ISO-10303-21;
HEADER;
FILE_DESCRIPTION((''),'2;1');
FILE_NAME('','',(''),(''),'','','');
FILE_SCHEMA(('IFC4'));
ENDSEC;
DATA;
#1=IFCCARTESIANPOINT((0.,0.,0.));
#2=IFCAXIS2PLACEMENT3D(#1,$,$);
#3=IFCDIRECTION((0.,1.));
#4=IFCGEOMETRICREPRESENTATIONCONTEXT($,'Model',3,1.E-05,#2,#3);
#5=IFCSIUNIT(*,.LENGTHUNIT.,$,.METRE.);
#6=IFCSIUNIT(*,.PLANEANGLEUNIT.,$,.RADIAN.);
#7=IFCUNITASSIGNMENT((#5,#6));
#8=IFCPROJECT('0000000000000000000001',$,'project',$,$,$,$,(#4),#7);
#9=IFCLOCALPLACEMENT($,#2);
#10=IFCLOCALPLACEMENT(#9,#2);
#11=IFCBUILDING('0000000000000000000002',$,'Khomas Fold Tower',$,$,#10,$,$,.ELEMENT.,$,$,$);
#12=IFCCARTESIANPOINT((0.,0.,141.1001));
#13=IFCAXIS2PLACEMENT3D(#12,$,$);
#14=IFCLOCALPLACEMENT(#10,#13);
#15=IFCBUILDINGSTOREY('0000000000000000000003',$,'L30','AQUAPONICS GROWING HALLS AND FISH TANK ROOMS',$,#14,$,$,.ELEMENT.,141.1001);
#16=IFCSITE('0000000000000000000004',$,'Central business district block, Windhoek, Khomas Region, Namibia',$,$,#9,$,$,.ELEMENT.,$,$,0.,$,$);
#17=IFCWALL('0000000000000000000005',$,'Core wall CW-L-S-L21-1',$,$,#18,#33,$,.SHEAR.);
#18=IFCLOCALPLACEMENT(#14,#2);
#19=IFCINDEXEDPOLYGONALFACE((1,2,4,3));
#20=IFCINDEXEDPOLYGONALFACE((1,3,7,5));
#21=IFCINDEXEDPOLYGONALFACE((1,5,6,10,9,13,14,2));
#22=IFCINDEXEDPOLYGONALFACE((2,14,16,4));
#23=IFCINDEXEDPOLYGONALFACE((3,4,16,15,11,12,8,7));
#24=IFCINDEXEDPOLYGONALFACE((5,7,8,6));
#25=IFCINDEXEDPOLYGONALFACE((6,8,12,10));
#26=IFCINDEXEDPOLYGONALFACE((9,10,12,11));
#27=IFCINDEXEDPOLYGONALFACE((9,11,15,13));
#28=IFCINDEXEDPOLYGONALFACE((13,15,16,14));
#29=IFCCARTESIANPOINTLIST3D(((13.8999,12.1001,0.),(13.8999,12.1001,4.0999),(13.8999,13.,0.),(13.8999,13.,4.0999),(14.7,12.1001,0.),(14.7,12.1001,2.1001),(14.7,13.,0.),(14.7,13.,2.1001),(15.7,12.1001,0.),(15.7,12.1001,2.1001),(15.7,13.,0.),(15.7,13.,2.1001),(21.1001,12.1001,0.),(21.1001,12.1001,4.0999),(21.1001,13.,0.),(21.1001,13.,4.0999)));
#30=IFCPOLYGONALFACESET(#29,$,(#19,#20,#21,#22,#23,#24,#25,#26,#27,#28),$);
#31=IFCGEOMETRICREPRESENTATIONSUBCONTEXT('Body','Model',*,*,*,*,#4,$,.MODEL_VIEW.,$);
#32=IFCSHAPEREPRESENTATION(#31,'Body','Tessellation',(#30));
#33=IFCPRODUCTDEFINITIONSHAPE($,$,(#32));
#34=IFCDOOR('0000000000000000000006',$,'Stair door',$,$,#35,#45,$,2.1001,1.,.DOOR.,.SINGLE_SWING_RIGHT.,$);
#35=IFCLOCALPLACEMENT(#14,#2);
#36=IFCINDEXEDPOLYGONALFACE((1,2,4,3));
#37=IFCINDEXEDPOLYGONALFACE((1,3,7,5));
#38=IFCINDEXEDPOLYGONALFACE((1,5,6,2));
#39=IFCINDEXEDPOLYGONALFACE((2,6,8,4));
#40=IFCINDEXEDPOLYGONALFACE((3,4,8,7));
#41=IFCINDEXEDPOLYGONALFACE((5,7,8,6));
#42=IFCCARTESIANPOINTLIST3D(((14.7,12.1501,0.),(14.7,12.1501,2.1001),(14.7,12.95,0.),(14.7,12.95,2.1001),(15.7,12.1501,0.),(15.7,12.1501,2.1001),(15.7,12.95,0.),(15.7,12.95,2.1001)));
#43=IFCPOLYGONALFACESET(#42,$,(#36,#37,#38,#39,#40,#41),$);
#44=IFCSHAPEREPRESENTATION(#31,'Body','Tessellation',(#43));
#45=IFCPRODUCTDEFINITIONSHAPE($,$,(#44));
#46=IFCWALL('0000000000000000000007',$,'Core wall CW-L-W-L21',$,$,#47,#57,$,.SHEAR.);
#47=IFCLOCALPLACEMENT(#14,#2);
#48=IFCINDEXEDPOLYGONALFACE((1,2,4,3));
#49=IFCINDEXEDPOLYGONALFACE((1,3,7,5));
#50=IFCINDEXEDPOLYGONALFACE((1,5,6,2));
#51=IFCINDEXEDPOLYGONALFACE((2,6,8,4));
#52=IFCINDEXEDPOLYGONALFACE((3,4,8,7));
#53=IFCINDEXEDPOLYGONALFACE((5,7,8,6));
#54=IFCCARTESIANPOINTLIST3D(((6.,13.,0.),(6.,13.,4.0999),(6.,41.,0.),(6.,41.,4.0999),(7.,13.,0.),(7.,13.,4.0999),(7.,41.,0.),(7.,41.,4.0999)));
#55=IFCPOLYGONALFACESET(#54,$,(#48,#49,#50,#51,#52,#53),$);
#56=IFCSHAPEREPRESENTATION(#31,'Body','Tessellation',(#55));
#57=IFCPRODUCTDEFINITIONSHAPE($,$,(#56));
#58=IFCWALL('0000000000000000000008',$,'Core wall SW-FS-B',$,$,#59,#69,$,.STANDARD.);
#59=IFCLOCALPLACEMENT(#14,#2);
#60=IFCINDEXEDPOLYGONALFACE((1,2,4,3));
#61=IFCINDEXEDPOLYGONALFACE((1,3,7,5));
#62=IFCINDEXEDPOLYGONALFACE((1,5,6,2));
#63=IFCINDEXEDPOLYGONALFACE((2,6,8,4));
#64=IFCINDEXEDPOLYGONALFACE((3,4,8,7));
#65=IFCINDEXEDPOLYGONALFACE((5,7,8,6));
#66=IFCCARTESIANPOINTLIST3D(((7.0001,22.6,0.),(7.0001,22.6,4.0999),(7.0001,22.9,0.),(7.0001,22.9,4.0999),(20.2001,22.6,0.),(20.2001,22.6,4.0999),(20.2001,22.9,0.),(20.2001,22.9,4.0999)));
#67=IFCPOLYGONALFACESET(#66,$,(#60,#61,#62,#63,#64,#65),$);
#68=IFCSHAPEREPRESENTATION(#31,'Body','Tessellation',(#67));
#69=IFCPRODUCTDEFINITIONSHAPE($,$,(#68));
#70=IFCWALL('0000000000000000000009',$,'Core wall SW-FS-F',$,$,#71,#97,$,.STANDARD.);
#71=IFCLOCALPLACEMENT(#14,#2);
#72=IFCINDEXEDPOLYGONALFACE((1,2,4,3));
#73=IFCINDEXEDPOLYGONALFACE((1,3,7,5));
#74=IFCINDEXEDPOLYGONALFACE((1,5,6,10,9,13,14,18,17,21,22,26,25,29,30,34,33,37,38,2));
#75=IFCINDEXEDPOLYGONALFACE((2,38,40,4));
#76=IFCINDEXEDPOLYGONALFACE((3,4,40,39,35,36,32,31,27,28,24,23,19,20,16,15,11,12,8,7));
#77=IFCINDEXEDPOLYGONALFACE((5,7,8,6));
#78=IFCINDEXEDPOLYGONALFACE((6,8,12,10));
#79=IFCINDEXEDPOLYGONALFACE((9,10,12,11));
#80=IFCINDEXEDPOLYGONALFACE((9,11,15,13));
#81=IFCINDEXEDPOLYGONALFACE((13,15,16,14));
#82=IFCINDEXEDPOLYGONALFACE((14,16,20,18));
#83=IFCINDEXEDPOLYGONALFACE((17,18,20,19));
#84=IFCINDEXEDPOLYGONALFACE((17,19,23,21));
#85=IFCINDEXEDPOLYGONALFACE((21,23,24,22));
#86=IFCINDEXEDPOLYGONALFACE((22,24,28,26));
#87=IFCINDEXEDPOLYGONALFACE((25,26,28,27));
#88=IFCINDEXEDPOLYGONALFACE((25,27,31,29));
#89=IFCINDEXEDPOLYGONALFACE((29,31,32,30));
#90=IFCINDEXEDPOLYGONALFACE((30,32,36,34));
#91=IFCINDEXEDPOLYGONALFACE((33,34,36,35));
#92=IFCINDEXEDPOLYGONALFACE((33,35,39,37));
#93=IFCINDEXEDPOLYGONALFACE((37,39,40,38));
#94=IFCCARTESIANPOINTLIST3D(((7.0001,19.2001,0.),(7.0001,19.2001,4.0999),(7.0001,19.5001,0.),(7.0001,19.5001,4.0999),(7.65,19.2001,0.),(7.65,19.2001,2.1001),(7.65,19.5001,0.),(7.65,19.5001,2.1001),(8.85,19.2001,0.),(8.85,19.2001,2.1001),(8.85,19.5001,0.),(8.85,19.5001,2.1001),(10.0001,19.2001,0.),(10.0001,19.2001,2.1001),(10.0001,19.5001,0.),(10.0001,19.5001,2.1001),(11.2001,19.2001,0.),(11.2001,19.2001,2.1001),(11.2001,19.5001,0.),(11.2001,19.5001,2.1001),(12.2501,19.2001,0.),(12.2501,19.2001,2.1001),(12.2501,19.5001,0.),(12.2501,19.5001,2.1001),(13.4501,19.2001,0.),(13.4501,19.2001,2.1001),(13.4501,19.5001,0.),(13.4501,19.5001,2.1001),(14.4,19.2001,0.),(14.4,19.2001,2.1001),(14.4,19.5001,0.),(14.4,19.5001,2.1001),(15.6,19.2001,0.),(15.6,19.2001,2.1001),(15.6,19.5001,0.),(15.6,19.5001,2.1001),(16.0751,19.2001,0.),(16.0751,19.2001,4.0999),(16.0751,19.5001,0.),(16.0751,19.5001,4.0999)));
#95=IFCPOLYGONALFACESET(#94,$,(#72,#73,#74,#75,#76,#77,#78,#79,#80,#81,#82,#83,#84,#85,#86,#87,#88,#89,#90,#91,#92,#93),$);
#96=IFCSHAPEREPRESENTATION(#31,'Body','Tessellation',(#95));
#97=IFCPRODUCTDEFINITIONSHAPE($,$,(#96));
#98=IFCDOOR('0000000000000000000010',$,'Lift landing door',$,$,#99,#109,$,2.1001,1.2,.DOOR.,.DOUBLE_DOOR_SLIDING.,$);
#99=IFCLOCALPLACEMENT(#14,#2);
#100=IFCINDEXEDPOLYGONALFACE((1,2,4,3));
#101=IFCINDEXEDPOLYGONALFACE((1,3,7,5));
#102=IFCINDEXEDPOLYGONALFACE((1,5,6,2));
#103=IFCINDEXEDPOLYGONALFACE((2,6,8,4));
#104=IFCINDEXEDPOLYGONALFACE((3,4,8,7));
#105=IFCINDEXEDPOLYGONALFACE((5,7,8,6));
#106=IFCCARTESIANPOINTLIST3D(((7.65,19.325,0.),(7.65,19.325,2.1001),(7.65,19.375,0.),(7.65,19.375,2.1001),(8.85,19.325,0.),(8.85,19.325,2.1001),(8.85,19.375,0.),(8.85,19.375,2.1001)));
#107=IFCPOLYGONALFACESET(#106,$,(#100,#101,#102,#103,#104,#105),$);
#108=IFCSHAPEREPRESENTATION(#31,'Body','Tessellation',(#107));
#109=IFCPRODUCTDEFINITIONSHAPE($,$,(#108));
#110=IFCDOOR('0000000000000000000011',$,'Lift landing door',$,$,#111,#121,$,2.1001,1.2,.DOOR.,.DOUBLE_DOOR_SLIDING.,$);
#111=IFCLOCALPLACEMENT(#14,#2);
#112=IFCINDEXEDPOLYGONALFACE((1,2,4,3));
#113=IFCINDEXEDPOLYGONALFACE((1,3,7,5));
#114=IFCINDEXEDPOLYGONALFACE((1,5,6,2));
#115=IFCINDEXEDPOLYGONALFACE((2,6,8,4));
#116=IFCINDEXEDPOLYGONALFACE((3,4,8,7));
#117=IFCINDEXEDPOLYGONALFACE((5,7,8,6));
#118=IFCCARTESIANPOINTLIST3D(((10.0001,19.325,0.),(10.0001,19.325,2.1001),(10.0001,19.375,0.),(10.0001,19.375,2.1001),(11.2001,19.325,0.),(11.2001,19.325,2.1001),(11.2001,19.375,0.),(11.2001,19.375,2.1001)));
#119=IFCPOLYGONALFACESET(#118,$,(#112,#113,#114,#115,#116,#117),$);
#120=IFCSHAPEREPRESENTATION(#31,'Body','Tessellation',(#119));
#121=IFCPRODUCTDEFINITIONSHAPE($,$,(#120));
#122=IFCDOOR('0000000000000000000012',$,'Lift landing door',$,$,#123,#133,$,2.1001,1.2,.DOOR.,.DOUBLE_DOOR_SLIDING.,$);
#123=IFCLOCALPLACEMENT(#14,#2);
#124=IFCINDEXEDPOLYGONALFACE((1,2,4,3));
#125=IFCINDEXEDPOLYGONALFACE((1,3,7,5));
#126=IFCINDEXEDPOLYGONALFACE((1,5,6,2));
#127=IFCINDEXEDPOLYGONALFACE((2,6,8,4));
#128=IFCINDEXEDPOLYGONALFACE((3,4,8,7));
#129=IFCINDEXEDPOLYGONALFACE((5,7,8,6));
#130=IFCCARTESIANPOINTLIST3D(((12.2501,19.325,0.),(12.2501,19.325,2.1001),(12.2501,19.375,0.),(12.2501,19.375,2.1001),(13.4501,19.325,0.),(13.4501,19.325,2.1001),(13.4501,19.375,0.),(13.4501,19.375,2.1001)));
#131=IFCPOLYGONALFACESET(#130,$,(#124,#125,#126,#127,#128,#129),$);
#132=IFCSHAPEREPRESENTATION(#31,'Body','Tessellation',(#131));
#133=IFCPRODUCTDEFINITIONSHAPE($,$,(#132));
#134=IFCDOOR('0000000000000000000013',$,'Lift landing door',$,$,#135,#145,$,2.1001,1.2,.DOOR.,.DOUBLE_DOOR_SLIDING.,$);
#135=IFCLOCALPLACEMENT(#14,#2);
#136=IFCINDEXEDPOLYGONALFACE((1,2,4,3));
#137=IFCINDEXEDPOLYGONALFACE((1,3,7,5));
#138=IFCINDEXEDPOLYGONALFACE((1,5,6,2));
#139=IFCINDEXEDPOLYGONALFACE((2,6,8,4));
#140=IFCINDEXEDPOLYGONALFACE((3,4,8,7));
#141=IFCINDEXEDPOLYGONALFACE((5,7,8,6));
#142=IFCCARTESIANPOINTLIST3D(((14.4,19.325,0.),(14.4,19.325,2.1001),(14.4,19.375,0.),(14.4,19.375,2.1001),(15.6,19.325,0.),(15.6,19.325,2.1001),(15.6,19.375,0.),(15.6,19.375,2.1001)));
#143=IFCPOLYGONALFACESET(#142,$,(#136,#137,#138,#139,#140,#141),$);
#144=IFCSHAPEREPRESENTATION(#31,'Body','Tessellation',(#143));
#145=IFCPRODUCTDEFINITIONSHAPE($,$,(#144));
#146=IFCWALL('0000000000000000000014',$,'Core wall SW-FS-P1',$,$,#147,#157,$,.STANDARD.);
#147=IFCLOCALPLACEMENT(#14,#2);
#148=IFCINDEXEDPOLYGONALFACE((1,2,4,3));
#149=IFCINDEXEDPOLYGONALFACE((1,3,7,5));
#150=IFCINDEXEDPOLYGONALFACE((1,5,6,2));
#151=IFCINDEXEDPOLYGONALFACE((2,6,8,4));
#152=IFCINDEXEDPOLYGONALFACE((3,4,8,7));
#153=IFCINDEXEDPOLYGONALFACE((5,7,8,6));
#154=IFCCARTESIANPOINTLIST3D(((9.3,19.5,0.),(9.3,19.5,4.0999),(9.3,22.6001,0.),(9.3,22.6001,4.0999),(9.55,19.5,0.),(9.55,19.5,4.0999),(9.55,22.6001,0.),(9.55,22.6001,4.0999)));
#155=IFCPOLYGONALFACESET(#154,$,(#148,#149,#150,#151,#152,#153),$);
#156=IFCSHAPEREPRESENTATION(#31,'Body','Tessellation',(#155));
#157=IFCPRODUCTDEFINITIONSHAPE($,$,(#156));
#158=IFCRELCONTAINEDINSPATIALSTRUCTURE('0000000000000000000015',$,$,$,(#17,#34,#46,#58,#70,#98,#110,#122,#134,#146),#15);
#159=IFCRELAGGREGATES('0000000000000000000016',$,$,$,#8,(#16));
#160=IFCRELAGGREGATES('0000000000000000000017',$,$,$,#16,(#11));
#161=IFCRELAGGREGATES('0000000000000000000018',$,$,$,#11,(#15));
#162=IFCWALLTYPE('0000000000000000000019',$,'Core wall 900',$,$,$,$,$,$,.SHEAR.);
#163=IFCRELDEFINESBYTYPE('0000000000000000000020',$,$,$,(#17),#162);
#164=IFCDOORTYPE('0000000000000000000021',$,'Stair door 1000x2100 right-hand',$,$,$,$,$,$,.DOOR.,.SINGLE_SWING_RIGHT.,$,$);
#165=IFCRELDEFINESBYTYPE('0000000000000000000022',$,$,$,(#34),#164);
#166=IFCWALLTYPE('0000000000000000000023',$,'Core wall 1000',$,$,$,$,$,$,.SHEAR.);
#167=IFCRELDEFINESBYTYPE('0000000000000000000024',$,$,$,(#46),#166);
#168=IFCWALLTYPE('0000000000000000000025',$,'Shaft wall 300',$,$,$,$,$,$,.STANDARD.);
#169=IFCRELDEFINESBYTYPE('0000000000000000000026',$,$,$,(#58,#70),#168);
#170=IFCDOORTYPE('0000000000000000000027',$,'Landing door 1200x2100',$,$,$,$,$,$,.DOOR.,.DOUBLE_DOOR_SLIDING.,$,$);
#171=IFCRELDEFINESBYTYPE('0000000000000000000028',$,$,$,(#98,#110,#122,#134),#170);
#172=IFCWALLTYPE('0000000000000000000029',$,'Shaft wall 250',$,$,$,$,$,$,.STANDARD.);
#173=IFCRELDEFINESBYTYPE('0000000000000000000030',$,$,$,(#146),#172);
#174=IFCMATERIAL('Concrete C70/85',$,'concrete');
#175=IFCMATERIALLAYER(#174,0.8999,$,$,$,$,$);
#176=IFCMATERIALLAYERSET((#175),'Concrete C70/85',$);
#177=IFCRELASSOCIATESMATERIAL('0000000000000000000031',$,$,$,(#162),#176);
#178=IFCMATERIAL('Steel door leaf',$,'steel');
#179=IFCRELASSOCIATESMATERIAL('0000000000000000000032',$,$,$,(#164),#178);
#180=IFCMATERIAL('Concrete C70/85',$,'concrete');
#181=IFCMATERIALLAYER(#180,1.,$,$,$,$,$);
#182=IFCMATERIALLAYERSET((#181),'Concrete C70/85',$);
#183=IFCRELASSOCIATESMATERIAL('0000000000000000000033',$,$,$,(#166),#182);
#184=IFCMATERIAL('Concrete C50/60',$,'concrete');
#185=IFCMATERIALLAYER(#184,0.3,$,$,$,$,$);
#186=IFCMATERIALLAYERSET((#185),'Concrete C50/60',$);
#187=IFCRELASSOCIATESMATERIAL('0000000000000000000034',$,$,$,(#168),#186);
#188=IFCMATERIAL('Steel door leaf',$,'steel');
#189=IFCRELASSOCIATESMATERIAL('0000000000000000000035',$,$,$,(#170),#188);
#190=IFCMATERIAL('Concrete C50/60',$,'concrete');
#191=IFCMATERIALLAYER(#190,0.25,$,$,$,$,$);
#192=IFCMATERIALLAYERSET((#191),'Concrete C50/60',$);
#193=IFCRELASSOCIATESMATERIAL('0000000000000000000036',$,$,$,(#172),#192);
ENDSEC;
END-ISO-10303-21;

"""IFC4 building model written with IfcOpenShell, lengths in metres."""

from ifc_helpers import new_model, si_unit, direction, frame, frame_2d, origin, place, context, subcontext, project, spatial, rectangle, extrude, source, transform, mapped, material, layer, layer_set, type_object, element, fill, save


model = new_model("IFC4")

# Units and contexts
model_context = context("Model", 3, precision=1e-05, world=origin(), true_north=direction((0.0, 1.0)))
body_context = subcontext(model_context, "Body", "Model", "MODEL_VIEW")
ifc_project = project(units=[si_unit("LENGTHUNIT", "METRE"), si_unit("PLANEANGLEUNIT", "RADIAN")], contexts=[model_context])

# Site, building, storey
site_placement = place(None, origin())
site = spatial("IfcSite", under=ifc_project, at=site_placement, Name="Central business district block, Windhoek, Khomas Region, Namibia", CompositionType="ELEMENT", RefElevation=0.0)
building_placement = place(site_placement, origin())
building = spatial("IfcBuilding", under=site, at=building_placement, Name="Khomas Fold Tower", CompositionType="ELEMENT")
storey_placement = place(building_placement, frame((0.0, 0.0, 141.1001)))
storey = spatial("IfcBuildingStorey", under=building, at=storey_placement, Name="L30", Description="AQUAPONICS GROWING HALLS AND FISH TANK ROOMS", CompositionType="ELEMENT", Elevation=141.1001)

# Wall, opening, door
ifc_material_1 = material(Name="Concrete C70/85", Category="concrete")
ifc_layer_1 = layer(ifc_material_1, 0.8999)
ifc_layer_set_1 = layer_set([ifc_layer_1], Name="Concrete C70/85")
wall_type_1 = type_object("IfcWallType", Name="Core wall 900", PredefinedType="SHEAR", material=ifc_layer_set_1)
shared_shape_1 = source(origin(), body_context, "Body", "SweptSolid", [
    extrude(rectangle(XDim=7.2002, YDim=0.8999, at=frame_2d((3.6001, 0.0))), origin(), (0.0, 0.0, 1.0), 4.0999),
])
wall_1_placement = place(storey_placement, frame((13.8999, 12.55, 0.0), z_axis=(0.0, 0.0, 1.0), x_axis=(1.0, 0.0, 0.0)))
wall_1 = element("IfcWall", 1, at=wall_1_placement, inside=storey, type_object=wall_type_1, Name="Core wall CW-L-S-L21-1", PredefinedType="SHEAR", context=body_context, shape_type="MappedRepresentation", body=[
    mapped(shared_shape_1, transform((0.0, 0.0, 0.0))),
])
shared_shape_2 = source(origin(), body_context, "Body", "SweptSolid", [
    extrude(rectangle(XDim=1.0, YDim=2.1001, at=frame_2d((0.5, 1.05))), frame((0.0, 0.46, 0.0), z_axis=(0.0, -1.0, 0.0), x_axis=(1.0, 0.0, 0.0)), (0.0, 0.0, 1.0), 0.9199),
])
opening_1_placement = place(wall_1_placement, frame((0.8, 0.0, 0.0)))
opening_1 = element("IfcOpeningElement", 2, at=opening_1_placement, cuts=wall_1, PredefinedType="OPENING", context=body_context, shape_type="MappedRepresentation", body=[
    mapped(shared_shape_2, transform((0.0, 0.0, 0.0))),
])
ifc_material_2 = material(Name="Steel door leaf", Category="steel")
door_type_1 = type_object("IfcDoorType", Name="Stair door 1000x2100 right-hand", OperationType="SINGLE_SWING_RIGHT", PredefinedType="DOOR", material=ifc_material_2)
shared_shape_3 = source(origin(), body_context, "Body", "SweptSolid", [
    extrude(rectangle(XDim=1.0, YDim=2.1001, at=frame_2d((0.5, 1.05))), frame((0.0, 0.3999, 0.0), z_axis=(0.0, -1.0, 0.0), x_axis=(1.0, 0.0, 0.0)), (0.0, 0.0, 1.0), 0.7998),
])
door_1_placement = place(opening_1_placement, origin())
door_1 = element("IfcDoor", 3, at=door_1_placement, inside=storey, type_object=door_type_1, Name="Stair door", OperationType="SINGLE_SWING_RIGHT", OverallHeight=2.1001, OverallWidth=1.0, PredefinedType="DOOR", context=body_context, shape_type="MappedRepresentation", body=[
    mapped(shared_shape_3, transform((0.0, 0.0, 0.0))),
])
fill(opening_1, door_1)

# Walls
ifc_material_3 = material(Name="Concrete C70/85", Category="concrete")
ifc_layer_2 = layer(ifc_material_3, 1.0)
ifc_layer_set_2 = layer_set([ifc_layer_2], Name="Concrete C70/85")
wall_type_2 = type_object("IfcWallType", Name="Core wall 1000", PredefinedType="SHEAR", material=ifc_layer_set_2)
shared_shape_4 = source(origin(), body_context, "Body", "SweptSolid", [
    extrude(rectangle(XDim=28.0, YDim=1.0, at=frame_2d((14.0, 0.0))), origin(), (0.0, 0.0, 1.0), 4.0999),
])
wall_2_placement = place(storey_placement, frame((6.5, 13.0, 0.0), z_axis=(0.0, 0.0, 1.0), x_axis=(0.0, 1.0, 0.0)))
element("IfcWall", 4, at=wall_2_placement, inside=storey, type_object=wall_type_2, Name="Core wall CW-L-W-L21", PredefinedType="SHEAR", context=body_context, shape_type="MappedRepresentation", body=[
    mapped(shared_shape_4, transform((0.0, 0.0, 0.0))),
])
ifc_material_4 = material(Name="Concrete C50/60", Category="concrete")
ifc_layer_3 = layer(ifc_material_4, 0.3)
ifc_layer_set_3 = layer_set([ifc_layer_3], Name="Concrete C50/60")
wall_type_3 = type_object("IfcWallType", Name="Shaft wall 300", PredefinedType="STANDARD", material=ifc_layer_set_3)
shared_shape_5 = source(origin(), body_context, "Body", "SweptSolid", [
    extrude(rectangle(XDim=13.2, YDim=0.3, at=frame_2d((6.6001, 0.0))), origin(), (0.0, 0.0, 1.0), 4.0999),
])
wall_3_placement = place(storey_placement, frame((7.0, 22.75, 0.0), z_axis=(0.0, 0.0, 1.0), x_axis=(1.0, 0.0, 0.0)))
element("IfcWall", 5, at=wall_3_placement, inside=storey, type_object=wall_type_3, Name="Core wall SW-FS-B", PredefinedType="STANDARD", context=body_context, shape_type="MappedRepresentation", body=[
    mapped(shared_shape_5, transform((0.0, 0.0, 0.0))),
])

# Wall, openings, doors
shared_shape_6 = source(origin(), body_context, "Body", "SweptSolid", [
    extrude(rectangle(XDim=9.075, YDim=0.3, at=frame_2d((4.5376, 0.0))), origin(), (0.0, 0.0, 1.0), 4.0999),
])
wall_4_placement = place(storey_placement, frame((7.0, 19.3501, 0.0), z_axis=(0.0, 0.0, 1.0), x_axis=(1.0, 0.0, 0.0)))
wall_4 = element("IfcWall", 6, at=wall_4_placement, inside=storey, type_object=wall_type_3, Name="Core wall SW-FS-F", PredefinedType="STANDARD", context=body_context, shape_type="MappedRepresentation", body=[
    mapped(shared_shape_6, transform((0.0, 0.0, 0.0))),
])
shared_shape_7 = source(origin(), body_context, "Body", "SweptSolid", [
    extrude(rectangle(XDim=1.2, YDim=2.1001, at=frame_2d((0.6001, 1.05))), frame((0.0, 0.1599, 0.0), z_axis=(0.0, -1.0, 0.0), x_axis=(1.0, 0.0, 0.0)), (0.0, 0.0, 1.0), 0.3201),
])
opening_2_placement = place(wall_4_placement, frame((0.6499, 0.0, 0.0)))
opening_2 = element("IfcOpeningElement", 7, at=opening_2_placement, cuts=wall_4, PredefinedType="OPENING", context=body_context, shape_type="MappedRepresentation", body=[
    mapped(shared_shape_7, transform((0.0, 0.0, 0.0))),
])
opening_3_placement = place(wall_4_placement, frame((3.0, 0.0, 0.0)))
opening_3 = element("IfcOpeningElement", 8, at=opening_3_placement, cuts=wall_4, PredefinedType="OPENING", context=body_context, shape_type="MappedRepresentation", body=[
    mapped(shared_shape_7, transform((0.0, 0.0, 0.0))),
])
opening_4_placement = place(wall_4_placement, frame((5.25, 0.0, 0.0)))
opening_4 = element("IfcOpeningElement", 9, at=opening_4_placement, cuts=wall_4, PredefinedType="OPENING", context=body_context, shape_type="MappedRepresentation", body=[
    mapped(shared_shape_7, transform((0.0, 0.0, 0.0))),
])
opening_5_placement = place(wall_4_placement, frame((7.3999, 0.0, 0.0)))
opening_5 = element("IfcOpeningElement", 10, at=opening_5_placement, cuts=wall_4, PredefinedType="OPENING", context=body_context, shape_type="MappedRepresentation", body=[
    mapped(shared_shape_7, transform((0.0, 0.0, 0.0))),
])
ifc_material_5 = material(Name="Steel door leaf", Category="steel")
door_type_2 = type_object("IfcDoorType", Name="Landing door 1200x2100", OperationType="DOUBLE_DOOR_SLIDING", PredefinedType="DOOR", material=ifc_material_5)
shared_shape_8 = source(origin(), body_context, "Body", "SweptSolid", [
    extrude(rectangle(XDim=1.2, YDim=2.1001, at=frame_2d((0.6001, 1.05))), frame((0.0, 0.0249, 0.0), z_axis=(0.0, -1.0, 0.0), x_axis=(1.0, 0.0, 0.0)), (0.0, 0.0, 1.0), 0.05),
])
door_2_placement = place(opening_2_placement, origin())
door_2 = element("IfcDoor", 11, at=door_2_placement, inside=storey, type_object=door_type_2, Name="Lift landing door", OperationType="DOUBLE_DOOR_SLIDING", OverallHeight=2.1001, OverallWidth=1.2, PredefinedType="DOOR", context=body_context, shape_type="MappedRepresentation", body=[
    mapped(shared_shape_8, transform((0.0, 0.0, 0.0))),
])
fill(opening_2, door_2)
door_3_placement = place(opening_3_placement, origin())
door_3 = element("IfcDoor", 12, at=door_3_placement, inside=storey, type_object=door_type_2, Name="Lift landing door", OperationType="DOUBLE_DOOR_SLIDING", OverallHeight=2.1001, OverallWidth=1.2, PredefinedType="DOOR", context=body_context, shape_type="MappedRepresentation", body=[
    mapped(shared_shape_8, transform((0.0, 0.0, 0.0))),
])
fill(opening_3, door_3)
door_4_placement = place(opening_4_placement, origin())
door_4 = element("IfcDoor", 13, at=door_4_placement, inside=storey, type_object=door_type_2, Name="Lift landing door", OperationType="DOUBLE_DOOR_SLIDING", OverallHeight=2.1001, OverallWidth=1.2, PredefinedType="DOOR", context=body_context, shape_type="MappedRepresentation", body=[
    mapped(shared_shape_8, transform((0.0, 0.0, 0.0))),
])
fill(opening_4, door_4)
door_5_placement = place(opening_5_placement, origin())
door_5 = element("IfcDoor", 14, at=door_5_placement, inside=storey, type_object=door_type_2, Name="Lift landing door", OperationType="DOUBLE_DOOR_SLIDING", OverallHeight=2.1001, OverallWidth=1.2, PredefinedType="DOOR", context=body_context, shape_type="MappedRepresentation", body=[
    mapped(shared_shape_8, transform((0.0, 0.0, 0.0))),
])
fill(opening_5, door_5)

# Wall
ifc_material_6 = material(Name="Concrete C50/60", Category="concrete")
ifc_layer_4 = layer(ifc_material_6, 0.25)
ifc_layer_set_4 = layer_set([ifc_layer_4], Name="Concrete C50/60")
wall_type_4 = type_object("IfcWallType", Name="Shaft wall 250", PredefinedType="STANDARD", material=ifc_layer_set_4)
shared_shape_9 = source(origin(), body_context, "Body", "SweptSolid", [
    extrude(rectangle(XDim=3.1001, YDim=0.25, at=frame_2d((1.55, 0.0))), origin(), (0.0, 0.0, 1.0), 4.0999),
])
for number, where, z_axis, x_axis, name in (
    (15, (9.425, 19.5, 0.0), (0.0, 0.0, 1.0), (0.0, 1.0, 0.0), "Core wall SW-FS-P1"),
):
    element("IfcWall", number, at=place(storey_placement, frame(where, z_axis=z_axis, x_axis=x_axis)), inside=storey, type_object=wall_type_4, Name=name, PredefinedType="STANDARD", context=body_context, shape_type="MappedRepresentation", body=[
        mapped(shared_shape_9, transform((0.0, 0.0, 0.0))),
    ])

save(model, "model.ifc")
